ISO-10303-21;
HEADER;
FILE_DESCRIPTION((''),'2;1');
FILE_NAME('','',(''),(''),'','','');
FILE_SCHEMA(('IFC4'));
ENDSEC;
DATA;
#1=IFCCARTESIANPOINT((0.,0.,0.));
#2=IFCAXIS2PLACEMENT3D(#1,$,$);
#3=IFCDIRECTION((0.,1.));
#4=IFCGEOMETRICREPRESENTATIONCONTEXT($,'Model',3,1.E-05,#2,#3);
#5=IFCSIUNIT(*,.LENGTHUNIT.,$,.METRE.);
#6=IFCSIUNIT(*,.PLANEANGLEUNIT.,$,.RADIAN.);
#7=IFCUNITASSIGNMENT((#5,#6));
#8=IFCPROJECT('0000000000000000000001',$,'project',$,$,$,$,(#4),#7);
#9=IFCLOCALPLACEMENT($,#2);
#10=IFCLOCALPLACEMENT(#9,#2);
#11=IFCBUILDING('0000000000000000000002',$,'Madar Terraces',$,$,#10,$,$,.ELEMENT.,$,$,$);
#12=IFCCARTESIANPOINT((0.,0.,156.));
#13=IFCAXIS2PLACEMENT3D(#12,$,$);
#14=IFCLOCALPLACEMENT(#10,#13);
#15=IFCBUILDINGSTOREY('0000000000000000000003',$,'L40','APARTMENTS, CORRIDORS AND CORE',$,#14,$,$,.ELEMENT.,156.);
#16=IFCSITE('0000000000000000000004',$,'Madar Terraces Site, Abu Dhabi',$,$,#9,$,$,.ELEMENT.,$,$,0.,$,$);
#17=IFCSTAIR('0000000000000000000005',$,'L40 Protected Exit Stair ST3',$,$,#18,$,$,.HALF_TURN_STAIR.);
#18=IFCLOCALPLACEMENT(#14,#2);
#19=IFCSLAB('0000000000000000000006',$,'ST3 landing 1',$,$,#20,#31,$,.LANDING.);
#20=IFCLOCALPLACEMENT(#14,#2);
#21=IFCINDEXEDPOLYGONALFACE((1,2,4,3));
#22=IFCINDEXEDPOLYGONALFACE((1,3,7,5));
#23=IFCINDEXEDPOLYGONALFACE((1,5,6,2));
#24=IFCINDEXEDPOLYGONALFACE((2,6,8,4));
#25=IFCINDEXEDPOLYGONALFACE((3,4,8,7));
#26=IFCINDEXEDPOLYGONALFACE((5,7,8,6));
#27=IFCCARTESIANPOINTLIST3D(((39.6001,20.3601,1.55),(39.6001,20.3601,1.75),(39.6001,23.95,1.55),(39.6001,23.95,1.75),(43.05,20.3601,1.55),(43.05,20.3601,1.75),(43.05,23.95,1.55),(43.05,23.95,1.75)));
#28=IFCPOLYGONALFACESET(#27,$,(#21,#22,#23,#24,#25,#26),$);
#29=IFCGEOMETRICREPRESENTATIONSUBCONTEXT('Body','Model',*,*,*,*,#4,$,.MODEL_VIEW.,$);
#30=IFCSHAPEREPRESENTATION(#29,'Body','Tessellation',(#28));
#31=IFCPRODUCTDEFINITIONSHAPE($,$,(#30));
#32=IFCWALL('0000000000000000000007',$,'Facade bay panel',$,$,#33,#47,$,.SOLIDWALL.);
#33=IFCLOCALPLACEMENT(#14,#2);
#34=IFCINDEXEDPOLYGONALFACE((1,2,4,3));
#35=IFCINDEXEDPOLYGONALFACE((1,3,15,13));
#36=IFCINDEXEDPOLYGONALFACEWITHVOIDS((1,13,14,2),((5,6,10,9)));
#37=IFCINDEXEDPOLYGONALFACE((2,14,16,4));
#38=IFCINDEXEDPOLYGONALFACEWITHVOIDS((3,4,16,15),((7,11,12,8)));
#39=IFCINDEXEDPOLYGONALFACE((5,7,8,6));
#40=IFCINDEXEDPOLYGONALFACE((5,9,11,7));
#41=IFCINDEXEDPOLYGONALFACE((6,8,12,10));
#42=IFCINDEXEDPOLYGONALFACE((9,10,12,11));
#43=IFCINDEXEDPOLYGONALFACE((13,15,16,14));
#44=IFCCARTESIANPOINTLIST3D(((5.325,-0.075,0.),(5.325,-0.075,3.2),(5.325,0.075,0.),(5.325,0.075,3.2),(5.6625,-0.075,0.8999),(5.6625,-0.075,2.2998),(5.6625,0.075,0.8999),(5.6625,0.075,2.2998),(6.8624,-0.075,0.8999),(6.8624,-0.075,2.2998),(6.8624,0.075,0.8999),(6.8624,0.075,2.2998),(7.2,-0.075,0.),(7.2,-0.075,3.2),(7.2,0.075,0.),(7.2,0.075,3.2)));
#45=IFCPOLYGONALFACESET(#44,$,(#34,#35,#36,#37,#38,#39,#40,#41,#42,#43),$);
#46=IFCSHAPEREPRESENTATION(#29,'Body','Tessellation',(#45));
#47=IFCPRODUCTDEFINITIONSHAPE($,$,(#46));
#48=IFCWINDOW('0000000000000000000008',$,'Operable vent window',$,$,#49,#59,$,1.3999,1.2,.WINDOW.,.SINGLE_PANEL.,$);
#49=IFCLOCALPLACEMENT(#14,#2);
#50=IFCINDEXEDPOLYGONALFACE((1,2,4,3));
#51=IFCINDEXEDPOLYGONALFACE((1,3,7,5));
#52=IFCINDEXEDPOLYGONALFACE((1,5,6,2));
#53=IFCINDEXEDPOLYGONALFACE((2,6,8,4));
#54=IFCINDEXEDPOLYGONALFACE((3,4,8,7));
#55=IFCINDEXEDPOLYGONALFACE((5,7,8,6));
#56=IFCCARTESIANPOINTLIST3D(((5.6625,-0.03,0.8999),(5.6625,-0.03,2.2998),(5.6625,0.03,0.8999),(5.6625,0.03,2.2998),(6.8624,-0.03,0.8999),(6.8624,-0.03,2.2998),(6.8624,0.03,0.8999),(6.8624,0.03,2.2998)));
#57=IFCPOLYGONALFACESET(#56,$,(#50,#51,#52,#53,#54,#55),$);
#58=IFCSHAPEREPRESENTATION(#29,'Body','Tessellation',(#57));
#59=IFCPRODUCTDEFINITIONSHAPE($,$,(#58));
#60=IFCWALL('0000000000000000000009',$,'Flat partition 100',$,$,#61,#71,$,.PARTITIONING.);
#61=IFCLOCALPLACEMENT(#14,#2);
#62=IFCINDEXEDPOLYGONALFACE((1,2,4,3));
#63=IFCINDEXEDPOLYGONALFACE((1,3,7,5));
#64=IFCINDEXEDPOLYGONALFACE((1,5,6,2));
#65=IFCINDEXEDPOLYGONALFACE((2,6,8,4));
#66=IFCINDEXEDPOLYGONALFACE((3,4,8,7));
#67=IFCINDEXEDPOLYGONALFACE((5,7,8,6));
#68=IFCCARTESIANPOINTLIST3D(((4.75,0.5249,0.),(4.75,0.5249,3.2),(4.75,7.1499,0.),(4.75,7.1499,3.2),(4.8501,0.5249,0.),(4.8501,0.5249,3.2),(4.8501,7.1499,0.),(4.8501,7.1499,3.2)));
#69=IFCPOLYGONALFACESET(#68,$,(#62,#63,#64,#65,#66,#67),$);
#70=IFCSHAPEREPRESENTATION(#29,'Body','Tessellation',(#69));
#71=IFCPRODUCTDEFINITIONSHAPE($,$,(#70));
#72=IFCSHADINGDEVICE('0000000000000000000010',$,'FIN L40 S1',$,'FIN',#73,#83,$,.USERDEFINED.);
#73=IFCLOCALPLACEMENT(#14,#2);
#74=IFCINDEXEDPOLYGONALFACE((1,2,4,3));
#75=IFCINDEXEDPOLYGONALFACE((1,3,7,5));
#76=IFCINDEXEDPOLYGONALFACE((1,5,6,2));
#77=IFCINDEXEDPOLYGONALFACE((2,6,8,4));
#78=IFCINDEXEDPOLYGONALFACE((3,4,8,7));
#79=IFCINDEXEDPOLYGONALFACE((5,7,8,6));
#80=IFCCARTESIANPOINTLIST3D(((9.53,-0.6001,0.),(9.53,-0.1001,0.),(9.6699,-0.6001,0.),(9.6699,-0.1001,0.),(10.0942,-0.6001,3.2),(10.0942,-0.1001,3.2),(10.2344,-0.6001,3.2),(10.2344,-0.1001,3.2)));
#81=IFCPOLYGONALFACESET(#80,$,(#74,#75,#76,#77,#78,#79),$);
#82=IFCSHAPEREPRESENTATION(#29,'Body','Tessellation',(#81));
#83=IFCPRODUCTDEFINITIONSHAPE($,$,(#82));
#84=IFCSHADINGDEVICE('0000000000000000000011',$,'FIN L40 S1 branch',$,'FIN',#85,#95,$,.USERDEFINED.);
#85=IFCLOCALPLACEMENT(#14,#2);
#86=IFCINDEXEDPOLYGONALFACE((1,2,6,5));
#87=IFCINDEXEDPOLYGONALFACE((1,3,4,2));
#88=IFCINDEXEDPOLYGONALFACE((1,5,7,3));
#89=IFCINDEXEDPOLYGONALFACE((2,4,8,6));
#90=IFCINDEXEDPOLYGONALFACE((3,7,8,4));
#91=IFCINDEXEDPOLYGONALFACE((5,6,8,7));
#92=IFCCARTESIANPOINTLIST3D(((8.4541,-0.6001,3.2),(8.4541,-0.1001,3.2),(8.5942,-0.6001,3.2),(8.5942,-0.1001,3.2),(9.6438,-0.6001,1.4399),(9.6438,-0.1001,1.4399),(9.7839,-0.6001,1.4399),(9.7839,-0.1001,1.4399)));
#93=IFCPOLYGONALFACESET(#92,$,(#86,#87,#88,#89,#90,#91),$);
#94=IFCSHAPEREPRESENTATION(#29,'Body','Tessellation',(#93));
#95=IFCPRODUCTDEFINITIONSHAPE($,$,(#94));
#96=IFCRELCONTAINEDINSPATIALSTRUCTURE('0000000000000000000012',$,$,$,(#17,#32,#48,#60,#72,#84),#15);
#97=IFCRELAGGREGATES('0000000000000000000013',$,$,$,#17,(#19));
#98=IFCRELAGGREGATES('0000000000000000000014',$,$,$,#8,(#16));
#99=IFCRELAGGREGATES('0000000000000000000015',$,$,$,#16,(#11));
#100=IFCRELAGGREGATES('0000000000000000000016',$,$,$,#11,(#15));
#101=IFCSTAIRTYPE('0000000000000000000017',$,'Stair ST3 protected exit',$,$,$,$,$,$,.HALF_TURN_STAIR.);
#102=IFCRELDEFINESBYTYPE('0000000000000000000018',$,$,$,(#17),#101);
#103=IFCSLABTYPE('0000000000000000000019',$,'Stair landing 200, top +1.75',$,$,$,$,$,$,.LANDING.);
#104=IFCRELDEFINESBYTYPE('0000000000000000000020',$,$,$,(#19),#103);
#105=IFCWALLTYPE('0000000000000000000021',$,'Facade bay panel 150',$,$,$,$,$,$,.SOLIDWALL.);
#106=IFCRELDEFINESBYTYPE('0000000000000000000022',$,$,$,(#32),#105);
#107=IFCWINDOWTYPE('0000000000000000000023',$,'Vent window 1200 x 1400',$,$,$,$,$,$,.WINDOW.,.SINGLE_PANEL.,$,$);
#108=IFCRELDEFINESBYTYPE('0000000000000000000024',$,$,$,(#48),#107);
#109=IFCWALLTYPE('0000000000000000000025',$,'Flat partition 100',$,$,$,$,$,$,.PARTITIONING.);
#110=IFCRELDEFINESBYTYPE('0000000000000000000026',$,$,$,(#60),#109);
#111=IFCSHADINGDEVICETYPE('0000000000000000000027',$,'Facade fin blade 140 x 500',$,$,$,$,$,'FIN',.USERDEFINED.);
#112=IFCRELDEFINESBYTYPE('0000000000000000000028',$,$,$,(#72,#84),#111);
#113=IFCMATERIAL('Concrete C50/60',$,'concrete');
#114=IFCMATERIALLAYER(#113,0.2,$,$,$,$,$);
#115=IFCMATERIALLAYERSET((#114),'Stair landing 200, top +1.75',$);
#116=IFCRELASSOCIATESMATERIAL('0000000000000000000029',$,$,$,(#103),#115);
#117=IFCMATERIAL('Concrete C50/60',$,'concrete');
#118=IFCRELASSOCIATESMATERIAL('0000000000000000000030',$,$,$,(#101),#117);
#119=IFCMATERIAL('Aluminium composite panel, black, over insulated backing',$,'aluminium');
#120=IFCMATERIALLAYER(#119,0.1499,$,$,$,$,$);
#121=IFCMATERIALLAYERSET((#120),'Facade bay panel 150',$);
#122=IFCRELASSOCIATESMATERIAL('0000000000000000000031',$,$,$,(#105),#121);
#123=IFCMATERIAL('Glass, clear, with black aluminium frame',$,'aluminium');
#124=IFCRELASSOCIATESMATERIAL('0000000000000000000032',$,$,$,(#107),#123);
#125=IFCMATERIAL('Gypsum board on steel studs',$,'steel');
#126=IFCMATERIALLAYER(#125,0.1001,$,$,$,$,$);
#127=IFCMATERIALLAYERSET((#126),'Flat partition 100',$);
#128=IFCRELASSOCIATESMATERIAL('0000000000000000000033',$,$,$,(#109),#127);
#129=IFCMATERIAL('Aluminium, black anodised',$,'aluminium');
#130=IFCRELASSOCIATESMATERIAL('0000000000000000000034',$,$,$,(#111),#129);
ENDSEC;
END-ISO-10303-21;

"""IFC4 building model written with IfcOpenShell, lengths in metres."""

from ifc_helpers import new_model, si_unit, direction, frame, frame_2d, origin, place, context, subcontext, project, spatial, polyline, rectangle, outline, extrude, material, layer, layer_set, type_object, element, fill, aggregate, save


model = new_model("IFC4")

# Units and contexts
model_context = context("Model", 3, precision=1e-05, world=origin(), true_north=direction((0.0, 1.0)))
body_context = subcontext(model_context, "Body", "Model", "MODEL_VIEW")
ifc_project = project(units=[si_unit("LENGTHUNIT", "METRE"), si_unit("PLANEANGLEUNIT", "RADIAN")], contexts=[model_context])

# Site, building, storey
site_placement = place(None, origin())
site = spatial("IfcSite", under=ifc_project, at=site_placement, Name="Madar Terraces Site, Abu Dhabi", CompositionType="ELEMENT", RefElevation=0.0)
building_placement = place(site_placement, origin())
building = spatial("IfcBuilding", under=site, at=building_placement, Name="Madar Terraces", CompositionType="ELEMENT")
storey_placement = place(building_placement, frame((0.0, 0.0, 156.0)))
storey = spatial("IfcBuildingStorey", under=building, at=storey_placement, Name="L40", Description="APARTMENTS, CORRIDORS AND CORE", CompositionType="ELEMENT", Elevation=156.0)

# Stair, slab
ifc_material_1 = material(Name="Concrete C50/60", Category="concrete")
ifc_layer_1 = layer(ifc_material_1, 0.2)
ifc_layer_set_1 = layer_set([ifc_layer_1], Name="Stair landing 200, top +1.75")
slab_type_1 = type_object("IfcSlabType", Name="Stair landing 200, top +1.75", PredefinedType="LANDING", material=ifc_layer_set_1)
ifc_material_2 = material(Name="Concrete C50/60", Category="concrete")
stair_type_1 = type_object("IfcStairType", Name="Stair ST3 protected exit", PredefinedType="HALF_TURN_STAIR", material=ifc_material_2)
stair_1_placement = place(storey_placement, origin())
stair_1 = element("IfcStair", 1, at=stair_1_placement, inside=storey, type_object=stair_type_1, Name="L40 Protected Exit Stair ST3", PredefinedType="HALF_TURN_STAIR")
slab_1_placement = place(storey_placement, frame((0.0, 0.0, 1.55)))
slab_1 = element("IfcSlab", 2, at=slab_1_placement, type_object=slab_type_1, Name="ST3 landing 1", PredefinedType="LANDING", context=body_context, shape_type="SweptSolid", body=[
    extrude(outline(polyline([(39.6001, 20.3601), (43.05, 20.3601), (43.05, 23.95), (39.6001, 23.95), (39.6001, 20.3601)])), origin(), (0.0, 0.0, 1.0), 0.2),
])
aggregate(stair_1, [slab_1])

# Wall, opening, window
ifc_material_3 = material(Name="Aluminium composite panel, black, over insulated backing", Category="aluminium")
ifc_layer_2 = layer(ifc_material_3, 0.1499)
ifc_layer_set_2 = layer_set([ifc_layer_2], Name="Facade bay panel 150")
wall_type_1 = type_object("IfcWallType", Name="Facade bay panel 150", PredefinedType="SOLIDWALL", material=ifc_layer_set_2)
wall_1_placement = place(storey_placement, frame((5.325, 0.0, 0.0), z_axis=(0.0, 0.0, 1.0), x_axis=(1.0, 0.0, 0.0)))
wall_1 = element("IfcWall", 3, at=wall_1_placement, inside=storey, type_object=wall_type_1, Name="Facade bay panel", PredefinedType="SOLIDWALL", context=body_context, shape_type="SweptSolid", body=[
    extrude(rectangle(XDim=1.875, YDim=0.1499, at=frame_2d((0.9375, 0.0))), origin(), (0.0, 0.0, 1.0), 3.2),
])
opening_placement = place(wall_1_placement, frame((0.3374, 0.0, 0.8999)))
opening = element("IfcOpeningElement", 4, at=opening_placement, cuts=wall_1, PredefinedType="OPENING", context=body_context, shape_type="SweptSolid", body=[
    extrude(rectangle(XDim=1.2, YDim=1.3999, at=frame_2d((0.6001, 0.7))), frame((0.0, 0.085, 0.0), z_axis=(0.0, -1.0, 0.0), x_axis=(1.0, 0.0, 0.0)), (0.0, 0.0, 1.0), 0.1699),
])
ifc_material_4 = material(Name="Glass, clear, with black aluminium frame", Category="aluminium")
window_type = type_object("IfcWindowType", Name="Vent window 1200 x 1400", PartitioningType="SINGLE_PANEL", PredefinedType="WINDOW", material=ifc_material_4)
window_placement = place(opening_placement, origin())
window = element("IfcWindow", 5, at=window_placement, inside=storey, type_object=window_type, Name="Operable vent window", OverallHeight=1.3999, OverallWidth=1.2, PartitioningType="SINGLE_PANEL", PredefinedType="WINDOW", context=body_context, shape_type="SweptSolid", body=[
    extrude(rectangle(XDim=1.2, YDim=1.3999, at=frame_2d((0.6001, 0.7))), frame((0.0, 0.03, 0.0), z_axis=(0.0, -1.0, 0.0), x_axis=(1.0, 0.0, 0.0)), (0.0, 0.0, 1.0), 0.0601),
])
fill(opening, window)

# Wall
ifc_material_5 = material(Name="Gypsum board on steel studs", Category="steel")
ifc_layer_3 = layer(ifc_material_5, 0.1001)
ifc_layer_set_3 = layer_set([ifc_layer_3], Name="Flat partition 100")
wall_type_2 = type_object("IfcWallType", Name="Flat partition 100", PredefinedType="PARTITIONING", material=ifc_layer_set_3)
wall_2_placement = place(storey_placement, frame((4.8, 7.1499, 0.0), z_axis=(0.0, 0.0, 1.0), x_axis=(0.0, -1.0, 0.0)))
element("IfcWall", 6, at=wall_2_placement, inside=storey, type_object=wall_type_2, Name="Flat partition 100", PredefinedType="PARTITIONING", context=body_context, shape_type="SweptSolid", body=[
    extrude(rectangle(XDim=6.625, YDim=0.1001, at=frame_2d((3.3125, 0.0))), origin(), (0.0, 0.0, 1.0), 3.2),
])

# Shading devices
ifc_material_6 = material(Name="Aluminium, black anodised", Category="aluminium")
shading_device_type = type_object("IfcShadingDeviceType", Name="Facade fin blade 140 x 500", ElementType="FIN", PredefinedType="USERDEFINED", material=ifc_material_6)
shading_device_1_placement = place(storey_placement, frame((9.53, -0.3501, 0.0), z_axis=(0.0, 0.0, 1.0), x_axis=(1.0, 0.0, 0.0)))
element("IfcShadingDevice", 7, at=shading_device_1_placement, inside=storey, type_object=shading_device_type, Name="FIN L40 S1", ObjectType="FIN", PredefinedType="USERDEFINED", context=body_context, shape_type="SweptSolid", body=[
    extrude(outline(polyline([(0.0, 0.0), (0.1399, 0.0), (0.7043, 3.2), (0.5642, 3.2), (0.0, 0.0)])), frame((0.0, 0.25, 0.0), z_axis=(0.0, -1.0, 0.0), x_axis=(1.0, 0.0, 0.0)), (0.0, 0.0, 1.0), 0.5),
])
shading_device_2_placement = place(storey_placement, frame((9.6438, -0.3501, 1.4399), z_axis=(0.0, 0.0, 1.0), x_axis=(1.0, 0.0, 0.0)))
element("IfcShadingDevice", 8, at=shading_device_2_placement, inside=storey, type_object=shading_device_type, Name="FIN L40 S1 branch", ObjectType="FIN", PredefinedType="USERDEFINED", context=body_context, shape_type="SweptSolid", body=[
    extrude(outline(polyline([(0.0, 0.0), (0.1401, 0.0), (-1.0496, 1.76), (-1.1897, 1.76), (0.0, 0.0)])), frame((0.0, 0.25, 0.0), z_axis=(0.0, -1.0, 0.0), x_axis=(1.0, 0.0, 0.0)), (0.0, 0.0, 1.0), 0.5),
])

save(model, "model.ifc")
